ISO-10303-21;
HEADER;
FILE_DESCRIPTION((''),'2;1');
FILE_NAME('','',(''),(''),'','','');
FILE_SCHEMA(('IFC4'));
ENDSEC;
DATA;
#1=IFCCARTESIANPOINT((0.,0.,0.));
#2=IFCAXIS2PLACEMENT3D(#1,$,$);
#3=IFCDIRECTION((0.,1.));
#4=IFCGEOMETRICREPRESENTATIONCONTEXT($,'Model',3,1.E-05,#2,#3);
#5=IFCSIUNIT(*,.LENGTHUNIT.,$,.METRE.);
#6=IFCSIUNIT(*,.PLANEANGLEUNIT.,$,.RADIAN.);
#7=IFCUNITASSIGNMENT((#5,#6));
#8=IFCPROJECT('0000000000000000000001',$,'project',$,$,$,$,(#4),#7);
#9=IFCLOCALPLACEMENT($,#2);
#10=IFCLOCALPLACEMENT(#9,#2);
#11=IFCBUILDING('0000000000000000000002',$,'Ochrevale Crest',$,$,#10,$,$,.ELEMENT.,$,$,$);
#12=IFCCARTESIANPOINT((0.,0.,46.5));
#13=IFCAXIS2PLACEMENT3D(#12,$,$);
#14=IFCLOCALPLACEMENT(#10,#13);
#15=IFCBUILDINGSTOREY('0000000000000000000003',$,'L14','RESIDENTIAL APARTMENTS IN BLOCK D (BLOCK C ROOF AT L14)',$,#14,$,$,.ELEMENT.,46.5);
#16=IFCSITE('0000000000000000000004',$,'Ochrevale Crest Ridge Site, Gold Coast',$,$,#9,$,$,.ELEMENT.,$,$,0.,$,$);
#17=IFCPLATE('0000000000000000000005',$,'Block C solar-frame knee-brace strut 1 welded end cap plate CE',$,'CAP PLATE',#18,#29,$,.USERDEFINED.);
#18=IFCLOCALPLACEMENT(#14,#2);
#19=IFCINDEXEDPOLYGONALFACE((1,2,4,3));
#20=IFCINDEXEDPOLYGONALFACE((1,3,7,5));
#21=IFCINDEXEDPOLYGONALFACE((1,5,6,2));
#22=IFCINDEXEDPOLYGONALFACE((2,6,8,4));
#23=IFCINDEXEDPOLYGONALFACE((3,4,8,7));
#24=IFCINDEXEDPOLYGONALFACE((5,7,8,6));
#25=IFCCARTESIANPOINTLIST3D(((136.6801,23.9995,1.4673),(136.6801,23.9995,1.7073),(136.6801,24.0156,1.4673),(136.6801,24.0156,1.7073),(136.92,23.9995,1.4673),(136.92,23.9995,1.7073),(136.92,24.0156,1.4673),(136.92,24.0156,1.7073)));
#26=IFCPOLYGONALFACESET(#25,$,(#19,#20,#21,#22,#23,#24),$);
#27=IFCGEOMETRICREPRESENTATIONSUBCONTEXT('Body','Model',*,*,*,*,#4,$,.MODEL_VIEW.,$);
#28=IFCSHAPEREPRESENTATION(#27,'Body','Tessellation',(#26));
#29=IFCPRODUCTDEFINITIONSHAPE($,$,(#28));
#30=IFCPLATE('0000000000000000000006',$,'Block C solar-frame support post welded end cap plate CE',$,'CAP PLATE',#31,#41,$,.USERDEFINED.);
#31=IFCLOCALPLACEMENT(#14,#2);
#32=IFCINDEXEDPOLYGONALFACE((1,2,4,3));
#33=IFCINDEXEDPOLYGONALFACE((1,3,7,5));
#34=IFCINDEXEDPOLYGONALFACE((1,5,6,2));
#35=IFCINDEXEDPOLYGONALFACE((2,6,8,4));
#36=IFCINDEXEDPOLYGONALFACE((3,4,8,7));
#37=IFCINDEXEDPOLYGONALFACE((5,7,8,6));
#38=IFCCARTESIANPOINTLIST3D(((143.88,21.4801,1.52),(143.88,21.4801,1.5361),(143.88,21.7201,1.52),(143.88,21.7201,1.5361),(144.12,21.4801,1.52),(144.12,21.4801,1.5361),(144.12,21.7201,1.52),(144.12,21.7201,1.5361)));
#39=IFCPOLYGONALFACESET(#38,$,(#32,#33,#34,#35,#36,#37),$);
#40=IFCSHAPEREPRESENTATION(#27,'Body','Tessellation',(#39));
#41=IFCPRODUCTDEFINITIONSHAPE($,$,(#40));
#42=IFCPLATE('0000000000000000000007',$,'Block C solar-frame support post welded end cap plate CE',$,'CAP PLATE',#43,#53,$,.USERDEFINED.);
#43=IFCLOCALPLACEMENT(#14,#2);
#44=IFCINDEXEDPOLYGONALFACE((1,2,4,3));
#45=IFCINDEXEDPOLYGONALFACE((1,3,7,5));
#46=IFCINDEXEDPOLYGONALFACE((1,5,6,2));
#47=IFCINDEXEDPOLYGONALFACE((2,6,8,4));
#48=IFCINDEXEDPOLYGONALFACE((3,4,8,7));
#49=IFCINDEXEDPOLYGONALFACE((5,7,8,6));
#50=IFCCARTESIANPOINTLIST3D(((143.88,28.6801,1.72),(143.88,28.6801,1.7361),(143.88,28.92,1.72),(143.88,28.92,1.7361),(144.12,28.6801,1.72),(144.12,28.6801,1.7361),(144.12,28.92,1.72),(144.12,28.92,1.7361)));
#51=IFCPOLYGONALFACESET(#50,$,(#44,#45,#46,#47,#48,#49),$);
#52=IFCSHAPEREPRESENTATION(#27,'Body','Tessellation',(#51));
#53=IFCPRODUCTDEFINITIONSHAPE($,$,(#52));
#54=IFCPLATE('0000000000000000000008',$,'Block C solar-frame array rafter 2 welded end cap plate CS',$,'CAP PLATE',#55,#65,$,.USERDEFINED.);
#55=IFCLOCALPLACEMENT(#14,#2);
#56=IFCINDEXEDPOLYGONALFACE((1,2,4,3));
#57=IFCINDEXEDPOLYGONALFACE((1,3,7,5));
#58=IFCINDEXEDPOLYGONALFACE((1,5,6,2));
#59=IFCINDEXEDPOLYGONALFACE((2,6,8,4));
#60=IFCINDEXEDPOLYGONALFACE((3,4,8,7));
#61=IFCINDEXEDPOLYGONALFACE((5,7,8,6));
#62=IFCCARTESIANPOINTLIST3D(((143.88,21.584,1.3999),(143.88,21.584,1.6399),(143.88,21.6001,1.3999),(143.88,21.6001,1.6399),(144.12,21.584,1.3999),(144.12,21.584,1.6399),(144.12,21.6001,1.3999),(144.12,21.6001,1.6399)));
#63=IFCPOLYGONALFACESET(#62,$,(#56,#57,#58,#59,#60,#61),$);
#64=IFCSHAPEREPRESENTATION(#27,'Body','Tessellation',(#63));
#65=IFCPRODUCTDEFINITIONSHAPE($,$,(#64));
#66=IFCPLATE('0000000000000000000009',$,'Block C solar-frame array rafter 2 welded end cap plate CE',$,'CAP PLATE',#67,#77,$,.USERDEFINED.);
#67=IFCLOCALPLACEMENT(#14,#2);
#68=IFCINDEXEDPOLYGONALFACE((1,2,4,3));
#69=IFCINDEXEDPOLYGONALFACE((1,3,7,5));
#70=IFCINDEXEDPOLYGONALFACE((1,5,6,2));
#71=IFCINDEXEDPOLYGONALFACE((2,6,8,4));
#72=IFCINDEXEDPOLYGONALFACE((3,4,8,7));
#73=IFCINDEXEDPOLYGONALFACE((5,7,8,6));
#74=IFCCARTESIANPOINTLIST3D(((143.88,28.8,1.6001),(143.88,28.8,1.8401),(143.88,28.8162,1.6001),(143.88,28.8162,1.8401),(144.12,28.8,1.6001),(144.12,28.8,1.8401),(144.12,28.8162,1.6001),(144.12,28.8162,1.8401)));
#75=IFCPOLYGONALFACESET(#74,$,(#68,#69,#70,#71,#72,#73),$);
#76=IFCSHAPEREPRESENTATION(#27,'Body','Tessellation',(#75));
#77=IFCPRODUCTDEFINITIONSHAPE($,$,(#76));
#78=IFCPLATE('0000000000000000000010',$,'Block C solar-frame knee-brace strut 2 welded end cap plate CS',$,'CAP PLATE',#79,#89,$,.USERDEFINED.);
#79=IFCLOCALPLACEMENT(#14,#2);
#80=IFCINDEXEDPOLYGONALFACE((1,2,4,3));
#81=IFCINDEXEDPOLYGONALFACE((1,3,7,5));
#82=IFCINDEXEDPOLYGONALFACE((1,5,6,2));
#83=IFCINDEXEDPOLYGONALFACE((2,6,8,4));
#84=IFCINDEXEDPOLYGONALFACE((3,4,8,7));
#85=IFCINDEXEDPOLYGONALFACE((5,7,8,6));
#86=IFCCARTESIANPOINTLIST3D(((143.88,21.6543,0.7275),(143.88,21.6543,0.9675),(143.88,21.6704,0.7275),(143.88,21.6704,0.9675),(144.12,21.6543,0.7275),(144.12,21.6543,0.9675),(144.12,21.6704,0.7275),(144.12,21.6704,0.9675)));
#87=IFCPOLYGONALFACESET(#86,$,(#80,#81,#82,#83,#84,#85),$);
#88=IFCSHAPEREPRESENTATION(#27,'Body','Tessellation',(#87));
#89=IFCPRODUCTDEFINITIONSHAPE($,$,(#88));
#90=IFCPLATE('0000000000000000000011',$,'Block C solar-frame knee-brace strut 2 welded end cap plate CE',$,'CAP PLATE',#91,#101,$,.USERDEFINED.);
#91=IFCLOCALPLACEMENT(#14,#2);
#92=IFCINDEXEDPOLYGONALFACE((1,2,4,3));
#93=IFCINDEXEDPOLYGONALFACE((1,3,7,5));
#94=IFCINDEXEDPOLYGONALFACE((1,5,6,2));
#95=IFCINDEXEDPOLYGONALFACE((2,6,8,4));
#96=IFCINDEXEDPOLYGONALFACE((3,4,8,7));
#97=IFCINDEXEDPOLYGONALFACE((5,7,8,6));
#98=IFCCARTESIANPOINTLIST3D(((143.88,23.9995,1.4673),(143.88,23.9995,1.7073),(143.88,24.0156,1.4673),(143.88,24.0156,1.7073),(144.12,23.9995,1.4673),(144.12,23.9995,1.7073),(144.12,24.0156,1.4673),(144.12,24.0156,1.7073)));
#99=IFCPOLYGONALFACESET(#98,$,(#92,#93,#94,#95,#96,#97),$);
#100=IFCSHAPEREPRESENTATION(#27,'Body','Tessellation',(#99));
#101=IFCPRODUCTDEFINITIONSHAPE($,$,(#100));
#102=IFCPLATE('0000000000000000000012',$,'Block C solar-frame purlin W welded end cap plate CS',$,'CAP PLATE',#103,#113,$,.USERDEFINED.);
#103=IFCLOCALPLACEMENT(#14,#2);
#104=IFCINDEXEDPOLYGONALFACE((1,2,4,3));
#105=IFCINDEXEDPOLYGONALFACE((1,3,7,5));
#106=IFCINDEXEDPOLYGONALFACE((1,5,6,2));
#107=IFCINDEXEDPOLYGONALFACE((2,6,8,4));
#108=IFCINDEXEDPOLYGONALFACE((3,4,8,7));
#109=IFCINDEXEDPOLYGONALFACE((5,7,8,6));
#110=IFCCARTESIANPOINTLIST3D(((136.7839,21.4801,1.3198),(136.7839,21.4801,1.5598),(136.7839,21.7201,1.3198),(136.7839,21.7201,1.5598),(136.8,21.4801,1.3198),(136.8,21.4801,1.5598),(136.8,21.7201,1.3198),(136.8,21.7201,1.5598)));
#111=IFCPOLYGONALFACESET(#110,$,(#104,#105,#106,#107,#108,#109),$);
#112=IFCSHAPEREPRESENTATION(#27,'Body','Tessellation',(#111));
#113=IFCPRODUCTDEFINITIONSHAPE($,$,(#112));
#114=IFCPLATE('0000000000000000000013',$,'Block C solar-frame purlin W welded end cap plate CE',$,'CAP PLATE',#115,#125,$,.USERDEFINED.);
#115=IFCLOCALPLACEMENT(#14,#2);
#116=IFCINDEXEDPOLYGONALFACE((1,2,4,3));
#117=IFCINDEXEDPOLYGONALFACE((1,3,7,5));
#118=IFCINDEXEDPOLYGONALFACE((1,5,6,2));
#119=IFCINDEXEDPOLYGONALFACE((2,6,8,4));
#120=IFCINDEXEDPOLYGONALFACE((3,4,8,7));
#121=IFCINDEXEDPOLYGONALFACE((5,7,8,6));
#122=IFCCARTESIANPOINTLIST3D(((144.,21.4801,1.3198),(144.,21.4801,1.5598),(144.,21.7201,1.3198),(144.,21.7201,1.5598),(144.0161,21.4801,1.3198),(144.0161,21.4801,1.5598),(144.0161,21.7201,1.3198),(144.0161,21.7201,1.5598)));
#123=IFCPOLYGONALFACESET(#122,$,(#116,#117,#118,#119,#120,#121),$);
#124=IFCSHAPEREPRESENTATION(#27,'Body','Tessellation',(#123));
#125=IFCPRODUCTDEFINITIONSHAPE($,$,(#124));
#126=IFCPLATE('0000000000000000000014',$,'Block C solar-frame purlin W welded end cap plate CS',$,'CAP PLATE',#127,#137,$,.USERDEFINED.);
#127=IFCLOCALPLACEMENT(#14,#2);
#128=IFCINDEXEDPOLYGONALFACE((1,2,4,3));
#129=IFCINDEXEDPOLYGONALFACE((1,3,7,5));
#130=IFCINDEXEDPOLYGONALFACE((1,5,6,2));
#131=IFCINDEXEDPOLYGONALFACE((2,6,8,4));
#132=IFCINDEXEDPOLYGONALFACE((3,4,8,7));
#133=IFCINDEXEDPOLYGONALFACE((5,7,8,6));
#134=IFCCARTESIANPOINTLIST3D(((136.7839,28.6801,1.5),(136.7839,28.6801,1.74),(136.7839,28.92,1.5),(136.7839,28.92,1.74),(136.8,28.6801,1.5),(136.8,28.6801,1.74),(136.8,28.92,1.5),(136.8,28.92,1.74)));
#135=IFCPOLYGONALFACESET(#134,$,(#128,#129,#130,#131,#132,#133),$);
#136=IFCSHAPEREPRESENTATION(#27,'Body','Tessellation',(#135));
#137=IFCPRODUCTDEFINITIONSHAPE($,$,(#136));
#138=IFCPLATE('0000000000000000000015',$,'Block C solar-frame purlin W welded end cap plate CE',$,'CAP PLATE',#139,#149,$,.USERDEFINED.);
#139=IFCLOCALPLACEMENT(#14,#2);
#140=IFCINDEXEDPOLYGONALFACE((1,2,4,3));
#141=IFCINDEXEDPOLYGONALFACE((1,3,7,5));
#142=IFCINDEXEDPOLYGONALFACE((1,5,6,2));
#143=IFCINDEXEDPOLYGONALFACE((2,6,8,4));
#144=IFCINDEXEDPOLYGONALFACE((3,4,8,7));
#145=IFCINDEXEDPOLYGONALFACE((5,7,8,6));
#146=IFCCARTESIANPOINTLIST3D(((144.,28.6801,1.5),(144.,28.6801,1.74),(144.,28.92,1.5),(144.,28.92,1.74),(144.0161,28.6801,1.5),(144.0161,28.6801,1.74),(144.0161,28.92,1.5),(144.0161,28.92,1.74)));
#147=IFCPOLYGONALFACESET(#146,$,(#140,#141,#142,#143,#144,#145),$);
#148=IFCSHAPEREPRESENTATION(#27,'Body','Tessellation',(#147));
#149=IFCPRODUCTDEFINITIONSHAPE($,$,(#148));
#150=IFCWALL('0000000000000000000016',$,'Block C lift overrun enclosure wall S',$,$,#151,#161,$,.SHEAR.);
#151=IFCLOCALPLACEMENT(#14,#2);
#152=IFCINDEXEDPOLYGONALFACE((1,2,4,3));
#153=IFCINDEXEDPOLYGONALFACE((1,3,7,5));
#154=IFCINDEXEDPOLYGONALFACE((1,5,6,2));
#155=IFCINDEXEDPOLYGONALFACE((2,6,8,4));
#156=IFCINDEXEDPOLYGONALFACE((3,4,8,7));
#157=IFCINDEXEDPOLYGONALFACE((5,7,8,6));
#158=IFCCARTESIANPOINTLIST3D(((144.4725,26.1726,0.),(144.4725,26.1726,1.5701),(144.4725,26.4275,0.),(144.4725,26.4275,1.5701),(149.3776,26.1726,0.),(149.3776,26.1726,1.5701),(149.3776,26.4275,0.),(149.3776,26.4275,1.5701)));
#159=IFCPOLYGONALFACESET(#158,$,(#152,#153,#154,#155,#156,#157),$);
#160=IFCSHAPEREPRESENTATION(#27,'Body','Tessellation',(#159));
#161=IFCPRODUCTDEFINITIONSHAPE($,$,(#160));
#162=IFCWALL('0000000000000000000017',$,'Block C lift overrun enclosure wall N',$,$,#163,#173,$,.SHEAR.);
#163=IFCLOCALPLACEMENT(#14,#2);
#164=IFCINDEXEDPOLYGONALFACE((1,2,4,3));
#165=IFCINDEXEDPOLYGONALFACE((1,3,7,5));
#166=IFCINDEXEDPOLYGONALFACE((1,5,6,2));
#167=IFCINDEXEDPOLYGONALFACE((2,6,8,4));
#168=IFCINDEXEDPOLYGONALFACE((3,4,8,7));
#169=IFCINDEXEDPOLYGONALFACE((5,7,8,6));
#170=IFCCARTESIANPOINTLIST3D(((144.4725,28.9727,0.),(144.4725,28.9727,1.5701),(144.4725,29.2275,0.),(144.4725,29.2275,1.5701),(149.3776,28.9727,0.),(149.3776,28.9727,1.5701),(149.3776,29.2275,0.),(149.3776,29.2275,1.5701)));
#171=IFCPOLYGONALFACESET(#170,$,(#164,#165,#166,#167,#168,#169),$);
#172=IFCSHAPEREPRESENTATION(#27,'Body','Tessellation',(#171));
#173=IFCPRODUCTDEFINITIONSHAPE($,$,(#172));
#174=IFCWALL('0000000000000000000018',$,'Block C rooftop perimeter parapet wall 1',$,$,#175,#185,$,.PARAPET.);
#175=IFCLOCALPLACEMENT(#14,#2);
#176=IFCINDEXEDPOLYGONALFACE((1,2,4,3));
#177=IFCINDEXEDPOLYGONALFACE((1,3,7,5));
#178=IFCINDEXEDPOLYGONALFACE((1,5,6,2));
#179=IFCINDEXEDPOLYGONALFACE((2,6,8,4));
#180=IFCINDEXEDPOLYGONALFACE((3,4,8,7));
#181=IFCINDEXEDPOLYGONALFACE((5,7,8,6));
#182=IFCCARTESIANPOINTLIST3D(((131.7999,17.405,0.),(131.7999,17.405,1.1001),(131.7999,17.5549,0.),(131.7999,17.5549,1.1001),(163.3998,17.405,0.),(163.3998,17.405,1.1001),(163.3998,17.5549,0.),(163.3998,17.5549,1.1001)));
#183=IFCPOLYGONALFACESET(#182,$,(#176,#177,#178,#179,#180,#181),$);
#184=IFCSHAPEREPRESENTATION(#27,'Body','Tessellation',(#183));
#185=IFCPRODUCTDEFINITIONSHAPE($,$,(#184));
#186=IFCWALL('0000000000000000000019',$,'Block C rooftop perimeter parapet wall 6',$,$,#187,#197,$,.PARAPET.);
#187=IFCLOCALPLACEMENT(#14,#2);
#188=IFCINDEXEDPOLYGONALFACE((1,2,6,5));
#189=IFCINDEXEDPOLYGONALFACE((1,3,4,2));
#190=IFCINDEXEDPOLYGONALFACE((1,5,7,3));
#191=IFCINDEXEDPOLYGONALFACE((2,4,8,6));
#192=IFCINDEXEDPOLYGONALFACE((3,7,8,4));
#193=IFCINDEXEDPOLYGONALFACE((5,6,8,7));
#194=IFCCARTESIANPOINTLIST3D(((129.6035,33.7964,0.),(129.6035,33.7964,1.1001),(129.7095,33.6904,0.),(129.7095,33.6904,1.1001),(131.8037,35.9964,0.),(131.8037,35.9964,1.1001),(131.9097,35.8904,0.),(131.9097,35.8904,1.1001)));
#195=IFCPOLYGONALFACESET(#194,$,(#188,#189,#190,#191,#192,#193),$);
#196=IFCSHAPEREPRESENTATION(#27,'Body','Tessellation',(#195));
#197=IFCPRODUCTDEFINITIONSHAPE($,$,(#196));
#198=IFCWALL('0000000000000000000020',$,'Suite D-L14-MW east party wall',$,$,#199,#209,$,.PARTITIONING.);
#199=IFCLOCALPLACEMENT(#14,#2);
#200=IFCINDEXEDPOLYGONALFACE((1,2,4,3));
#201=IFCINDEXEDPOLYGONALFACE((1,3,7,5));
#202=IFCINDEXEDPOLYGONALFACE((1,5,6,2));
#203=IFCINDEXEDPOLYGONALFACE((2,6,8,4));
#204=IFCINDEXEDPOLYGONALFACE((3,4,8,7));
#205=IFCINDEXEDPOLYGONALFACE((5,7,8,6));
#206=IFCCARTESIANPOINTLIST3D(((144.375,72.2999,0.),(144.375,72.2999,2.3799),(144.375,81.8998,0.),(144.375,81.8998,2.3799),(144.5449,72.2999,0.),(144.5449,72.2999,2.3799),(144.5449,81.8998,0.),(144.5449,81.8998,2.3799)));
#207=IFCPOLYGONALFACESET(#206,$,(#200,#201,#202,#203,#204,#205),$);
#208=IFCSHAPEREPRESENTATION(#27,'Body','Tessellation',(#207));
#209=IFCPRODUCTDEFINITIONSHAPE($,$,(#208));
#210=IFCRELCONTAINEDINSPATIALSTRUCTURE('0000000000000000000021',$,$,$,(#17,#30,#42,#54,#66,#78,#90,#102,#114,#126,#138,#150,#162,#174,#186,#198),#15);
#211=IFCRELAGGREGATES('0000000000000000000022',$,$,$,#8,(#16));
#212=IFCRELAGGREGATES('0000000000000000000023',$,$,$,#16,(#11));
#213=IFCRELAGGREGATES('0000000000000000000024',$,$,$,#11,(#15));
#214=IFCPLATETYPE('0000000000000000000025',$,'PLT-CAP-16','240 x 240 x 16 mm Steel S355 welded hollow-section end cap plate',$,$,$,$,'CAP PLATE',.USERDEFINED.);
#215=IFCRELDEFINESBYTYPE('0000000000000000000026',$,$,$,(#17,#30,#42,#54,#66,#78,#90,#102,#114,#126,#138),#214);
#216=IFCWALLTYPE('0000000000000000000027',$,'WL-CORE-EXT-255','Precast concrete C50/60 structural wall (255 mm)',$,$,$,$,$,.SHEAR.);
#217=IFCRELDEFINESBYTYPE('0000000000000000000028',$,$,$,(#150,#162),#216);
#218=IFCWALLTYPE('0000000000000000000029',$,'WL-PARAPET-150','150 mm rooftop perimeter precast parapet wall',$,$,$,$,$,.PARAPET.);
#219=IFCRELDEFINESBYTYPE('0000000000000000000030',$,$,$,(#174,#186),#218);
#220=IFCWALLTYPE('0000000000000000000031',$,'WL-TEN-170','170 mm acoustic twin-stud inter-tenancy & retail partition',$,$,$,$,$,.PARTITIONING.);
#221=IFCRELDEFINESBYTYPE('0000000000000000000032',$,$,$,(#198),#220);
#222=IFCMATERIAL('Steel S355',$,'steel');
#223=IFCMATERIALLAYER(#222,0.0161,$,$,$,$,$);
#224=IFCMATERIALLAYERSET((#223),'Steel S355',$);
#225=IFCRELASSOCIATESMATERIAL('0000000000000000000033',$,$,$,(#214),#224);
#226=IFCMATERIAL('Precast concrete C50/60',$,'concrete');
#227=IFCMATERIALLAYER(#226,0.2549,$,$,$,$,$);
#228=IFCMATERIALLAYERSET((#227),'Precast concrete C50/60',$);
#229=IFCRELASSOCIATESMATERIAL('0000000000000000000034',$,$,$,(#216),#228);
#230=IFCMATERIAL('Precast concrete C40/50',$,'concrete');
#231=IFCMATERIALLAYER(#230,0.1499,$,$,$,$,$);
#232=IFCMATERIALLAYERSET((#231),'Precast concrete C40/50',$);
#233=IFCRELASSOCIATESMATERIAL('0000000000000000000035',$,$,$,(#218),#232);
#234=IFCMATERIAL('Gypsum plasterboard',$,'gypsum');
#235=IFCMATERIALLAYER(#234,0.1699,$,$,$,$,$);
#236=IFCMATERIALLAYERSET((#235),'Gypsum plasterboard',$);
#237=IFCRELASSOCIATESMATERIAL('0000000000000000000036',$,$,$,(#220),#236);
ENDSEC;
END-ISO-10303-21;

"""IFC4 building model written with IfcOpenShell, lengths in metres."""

from ifc_helpers import new_model, si_unit, direction, frame, frame_2d, origin, origin_2d, place, context, subcontext, project, spatial, rectangle, extrude, material, layer, layer_set, type_object, element, save


model = new_model("IFC4")

# Units and contexts
model_context = context("Model", 3, precision=1e-05, world=origin(), true_north=direction((0.0, 1.0)))
body_context = subcontext(model_context, "Body", "Model", "MODEL_VIEW")
ifc_project = project(units=[si_unit("LENGTHUNIT", "METRE"), si_unit("PLANEANGLEUNIT", "RADIAN")], contexts=[model_context])

# Site, building, storey
site_placement = place(None, origin())
site = spatial("IfcSite", under=ifc_project, at=site_placement, Name="Ochrevale Crest Ridge Site, Gold Coast", CompositionType="ELEMENT", RefElevation=0.0)
building_placement = place(site_placement, origin())
building = spatial("IfcBuilding", under=site, at=building_placement, Name="Ochrevale Crest", CompositionType="ELEMENT")
storey_placement = place(building_placement, frame((0.0, 0.0, 46.5)))
storey = spatial("IfcBuildingStorey", under=building, at=storey_placement, Name="L14", Description="RESIDENTIAL APARTMENTS IN BLOCK D (BLOCK C ROOF AT L14)", CompositionType="ELEMENT", Elevation=46.5)

# Shared definitions
ifc_material_1 = material(Name="Precast concrete C40/50", Category="concrete")
ifc_material_2 = material(Name="Steel S355", Category="steel")

# Shared definitions
ifc_material_3 = material(Name="Precast concrete C50/60", Category="concrete")

# Plates
ifc_layer_1 = layer(ifc_material_2, 0.0161)
ifc_layer_set_1 = layer_set([ifc_layer_1], Name="Steel S355")
plate_type = type_object("IfcPlateType", Name="PLT-CAP-16", Description="240 x 240 x 16 mm Steel S355 welded hollow-section end cap plate", ElementType="CAP PLATE", PredefinedType="USERDEFINED", material=ifc_layer_set_1)
for number, where, z_axis, x_axis, name in (
    (1, (136.8, 24.0076, 1.4673), (0.0, 0.0, 1.0), (0.0, 1.0, 0.0), "Block C solar-frame knee-brace strut 1 welded end cap plate CE"),
):
    element("IfcPlate", number, at=place(storey_placement, frame(where, z_axis=z_axis, x_axis=x_axis)), inside=storey, type_object=plate_type, Name=name, ObjectType="CAP PLATE", PredefinedType="USERDEFINED", context=body_context, shape_type="SweptSolid", body=[
        extrude(rectangle(XDim=0.0161, YDim=0.24, at=origin_2d()), origin(), (0.0, 0.0, 1.0), 0.24),
    ])
for number, where, z_axis, x_axis, name in (
    (2, (144.0, 21.6001, 1.52), (0.0, 0.0, 1.0), (1.0, 0.0, 0.0), "Block C solar-frame support post welded end cap plate CE"),
    (3, (144.0, 28.8, 1.72), (0.0, 0.0, 1.0), (1.0, 0.0, 0.0), "Block C solar-frame support post welded end cap plate CE"),
):
    element("IfcPlate", number, at=place(storey_placement, frame(where, z_axis=z_axis, x_axis=x_axis)), inside=storey, type_object=plate_type, Name=name, ObjectType="CAP PLATE", PredefinedType="USERDEFINED", context=body_context, shape_type="SweptSolid", body=[
        extrude(rectangle(XDim=0.24, YDim=0.24, at=origin_2d()), origin(), (0.0, 0.0, 1.0), 0.0161),
    ])
for number, where, z_axis, x_axis, name in (
    (4, (144.0, 21.592, 1.3999), (0.0, 0.0, 1.0), (0.0, 1.0, 0.0), "Block C solar-frame array rafter 2 welded end cap plate CS"),
    (5, (144.0, 28.8081, 1.6001), (0.0, 0.0, 1.0), (0.0, 1.0, 0.0), "Block C solar-frame array rafter 2 welded end cap plate CE"),
    (6, (144.0, 21.6624, 0.7275), (0.0, 0.0, 1.0), (0.0, 1.0, 0.0), "Block C solar-frame knee-brace strut 2 welded end cap plate CS"),
    (7, (144.0, 24.0076, 1.4673), (0.0, 0.0, 1.0), (0.0, 1.0, 0.0), "Block C solar-frame knee-brace strut 2 welded end cap plate CE"),
    (8, (136.792, 21.6001, 1.3198), (0.0, 0.0, 1.0), (1.0, 0.0, 0.0), "Block C solar-frame purlin W welded end cap plate CS"),
    (9, (144.0081, 21.6001, 1.3198), (0.0, 0.0, 1.0), (1.0, 0.0, 0.0), "Block C solar-frame purlin W welded end cap plate CE"),
    (10, (136.792, 28.8, 1.5), (0.0, 0.0, 1.0), (1.0, 0.0, 0.0), "Block C solar-frame purlin W welded end cap plate CS"),
    (11, (144.0081, 28.8, 1.5), (0.0, 0.0, 1.0), (1.0, 0.0, 0.0), "Block C solar-frame purlin W welded end cap plate CE"),
):
    element("IfcPlate", number, at=place(storey_placement, frame(where, z_axis=z_axis, x_axis=x_axis)), inside=storey, type_object=plate_type, Name=name, ObjectType="CAP PLATE", PredefinedType="USERDEFINED", context=body_context, shape_type="SweptSolid", body=[
        extrude(rectangle(XDim=0.0161, YDim=0.24, at=origin_2d()), origin(), (0.0, 0.0, 1.0), 0.24),
    ])

# Walls
ifc_layer_2 = layer(ifc_material_3, 0.2549)
ifc_layer_set_2 = layer_set([ifc_layer_2], Name="Precast concrete C50/60")
wall_type_1 = type_object("IfcWallType", Name="WL-CORE-EXT-255", Description="Precast concrete C50/60 structural wall (255 mm)", PredefinedType="SHEAR", material=ifc_layer_set_2)
for number, where, z_axis, x_axis, name in (
    (12, (144.4724, 26.3, 0.0), (0.0, 0.0, 1.0), (1.0, 0.0, 0.0), "Block C lift overrun enclosure wall S"),
    (13, (144.4724, 29.1001, 0.0), (0.0, 0.0, 1.0), (1.0, 0.0, 0.0), "Block C lift overrun enclosure wall N"),
):
    element("IfcWall", number, at=place(storey_placement, frame(where, z_axis=z_axis, x_axis=x_axis)), inside=storey, type_object=wall_type_1, Name=name, PredefinedType="SHEAR", context=body_context, shape_type="SweptSolid", body=[
        extrude(rectangle(XDim=4.905, YDim=0.2549, at=frame_2d((2.4526, 0.0))), origin(), (0.0, 0.0, 1.0), 1.5701),
    ])
ifc_layer_3 = layer(ifc_material_1, 0.1499)
ifc_layer_set_3 = layer_set([ifc_layer_3], Name="Precast concrete C40/50")
wall_type_2 = type_object("IfcWallType", Name="WL-PARAPET-150", Description="150 mm rooftop perimeter precast parapet wall", PredefinedType="PARAPET", material=ifc_layer_set_3)
wall_1_placement = place(storey_placement, frame((131.8, 17.48, 0.0), z_axis=(0.0, 0.0, 1.0), x_axis=(1.0, 0.0, 0.0)))
element("IfcWall", 14, at=wall_1_placement, inside=storey, type_object=wall_type_2, Name="Block C rooftop perimeter parapet wall 1", PredefinedType="PARAPET", context=body_context, shape_type="SweptSolid", body=[
    extrude(rectangle(XDim=31.5999, YDim=0.1499, at=frame_2d((15.7998, 0.0))), origin(), (0.0, 0.0, 1.0), 1.1001),
])
wall_2_placement = place(storey_placement, frame((131.8567, 35.9434, 0.0), z_axis=(0.0, 0.0, 1.0), x_axis=(-0.707146, -0.707068, 0.0)))
element("IfcWall", 15, at=wall_2_placement, inside=storey, type_object=wall_type_2, Name="Block C rooftop perimeter parapet wall 6", PredefinedType="PARAPET", context=body_context, shape_type="SweptSolid", body=[
    extrude(rectangle(XDim=3.1113, YDim=0.1499, at=frame_2d((1.5557, 0.0))), origin(), (0.0, 0.0, 1.0), 1.1001),
])
ifc_material_4 = material(Name="Gypsum plasterboard", Category="gypsum")
ifc_layer_4 = layer(ifc_material_4, 0.1699)
ifc_layer_set_4 = layer_set([ifc_layer_4], Name="Gypsum plasterboard")
wall_type_3 = type_object("IfcWallType", Name="WL-TEN-170", Description="170 mm acoustic twin-stud inter-tenancy & retail partition", PredefinedType="PARTITIONING", material=ifc_layer_set_4)
wall_3_placement = place(storey_placement, frame((144.46, 72.3, 0.0), z_axis=(0.0, 0.0, 1.0), x_axis=(0.0, 1.0, 0.0)))
element("IfcWall", 16, at=wall_3_placement, inside=storey, type_object=wall_type_3, Name="Suite D-L14-MW east party wall", PredefinedType="PARTITIONING", context=body_context, shape_type="SweptSolid", body=[
    extrude(rectangle(XDim=9.5999, YDim=0.1699, at=frame_2d((4.7998, 0.0))), origin(), (0.0, 0.0, 1.0), 2.3799),
])

save(model, "model.ifc")
